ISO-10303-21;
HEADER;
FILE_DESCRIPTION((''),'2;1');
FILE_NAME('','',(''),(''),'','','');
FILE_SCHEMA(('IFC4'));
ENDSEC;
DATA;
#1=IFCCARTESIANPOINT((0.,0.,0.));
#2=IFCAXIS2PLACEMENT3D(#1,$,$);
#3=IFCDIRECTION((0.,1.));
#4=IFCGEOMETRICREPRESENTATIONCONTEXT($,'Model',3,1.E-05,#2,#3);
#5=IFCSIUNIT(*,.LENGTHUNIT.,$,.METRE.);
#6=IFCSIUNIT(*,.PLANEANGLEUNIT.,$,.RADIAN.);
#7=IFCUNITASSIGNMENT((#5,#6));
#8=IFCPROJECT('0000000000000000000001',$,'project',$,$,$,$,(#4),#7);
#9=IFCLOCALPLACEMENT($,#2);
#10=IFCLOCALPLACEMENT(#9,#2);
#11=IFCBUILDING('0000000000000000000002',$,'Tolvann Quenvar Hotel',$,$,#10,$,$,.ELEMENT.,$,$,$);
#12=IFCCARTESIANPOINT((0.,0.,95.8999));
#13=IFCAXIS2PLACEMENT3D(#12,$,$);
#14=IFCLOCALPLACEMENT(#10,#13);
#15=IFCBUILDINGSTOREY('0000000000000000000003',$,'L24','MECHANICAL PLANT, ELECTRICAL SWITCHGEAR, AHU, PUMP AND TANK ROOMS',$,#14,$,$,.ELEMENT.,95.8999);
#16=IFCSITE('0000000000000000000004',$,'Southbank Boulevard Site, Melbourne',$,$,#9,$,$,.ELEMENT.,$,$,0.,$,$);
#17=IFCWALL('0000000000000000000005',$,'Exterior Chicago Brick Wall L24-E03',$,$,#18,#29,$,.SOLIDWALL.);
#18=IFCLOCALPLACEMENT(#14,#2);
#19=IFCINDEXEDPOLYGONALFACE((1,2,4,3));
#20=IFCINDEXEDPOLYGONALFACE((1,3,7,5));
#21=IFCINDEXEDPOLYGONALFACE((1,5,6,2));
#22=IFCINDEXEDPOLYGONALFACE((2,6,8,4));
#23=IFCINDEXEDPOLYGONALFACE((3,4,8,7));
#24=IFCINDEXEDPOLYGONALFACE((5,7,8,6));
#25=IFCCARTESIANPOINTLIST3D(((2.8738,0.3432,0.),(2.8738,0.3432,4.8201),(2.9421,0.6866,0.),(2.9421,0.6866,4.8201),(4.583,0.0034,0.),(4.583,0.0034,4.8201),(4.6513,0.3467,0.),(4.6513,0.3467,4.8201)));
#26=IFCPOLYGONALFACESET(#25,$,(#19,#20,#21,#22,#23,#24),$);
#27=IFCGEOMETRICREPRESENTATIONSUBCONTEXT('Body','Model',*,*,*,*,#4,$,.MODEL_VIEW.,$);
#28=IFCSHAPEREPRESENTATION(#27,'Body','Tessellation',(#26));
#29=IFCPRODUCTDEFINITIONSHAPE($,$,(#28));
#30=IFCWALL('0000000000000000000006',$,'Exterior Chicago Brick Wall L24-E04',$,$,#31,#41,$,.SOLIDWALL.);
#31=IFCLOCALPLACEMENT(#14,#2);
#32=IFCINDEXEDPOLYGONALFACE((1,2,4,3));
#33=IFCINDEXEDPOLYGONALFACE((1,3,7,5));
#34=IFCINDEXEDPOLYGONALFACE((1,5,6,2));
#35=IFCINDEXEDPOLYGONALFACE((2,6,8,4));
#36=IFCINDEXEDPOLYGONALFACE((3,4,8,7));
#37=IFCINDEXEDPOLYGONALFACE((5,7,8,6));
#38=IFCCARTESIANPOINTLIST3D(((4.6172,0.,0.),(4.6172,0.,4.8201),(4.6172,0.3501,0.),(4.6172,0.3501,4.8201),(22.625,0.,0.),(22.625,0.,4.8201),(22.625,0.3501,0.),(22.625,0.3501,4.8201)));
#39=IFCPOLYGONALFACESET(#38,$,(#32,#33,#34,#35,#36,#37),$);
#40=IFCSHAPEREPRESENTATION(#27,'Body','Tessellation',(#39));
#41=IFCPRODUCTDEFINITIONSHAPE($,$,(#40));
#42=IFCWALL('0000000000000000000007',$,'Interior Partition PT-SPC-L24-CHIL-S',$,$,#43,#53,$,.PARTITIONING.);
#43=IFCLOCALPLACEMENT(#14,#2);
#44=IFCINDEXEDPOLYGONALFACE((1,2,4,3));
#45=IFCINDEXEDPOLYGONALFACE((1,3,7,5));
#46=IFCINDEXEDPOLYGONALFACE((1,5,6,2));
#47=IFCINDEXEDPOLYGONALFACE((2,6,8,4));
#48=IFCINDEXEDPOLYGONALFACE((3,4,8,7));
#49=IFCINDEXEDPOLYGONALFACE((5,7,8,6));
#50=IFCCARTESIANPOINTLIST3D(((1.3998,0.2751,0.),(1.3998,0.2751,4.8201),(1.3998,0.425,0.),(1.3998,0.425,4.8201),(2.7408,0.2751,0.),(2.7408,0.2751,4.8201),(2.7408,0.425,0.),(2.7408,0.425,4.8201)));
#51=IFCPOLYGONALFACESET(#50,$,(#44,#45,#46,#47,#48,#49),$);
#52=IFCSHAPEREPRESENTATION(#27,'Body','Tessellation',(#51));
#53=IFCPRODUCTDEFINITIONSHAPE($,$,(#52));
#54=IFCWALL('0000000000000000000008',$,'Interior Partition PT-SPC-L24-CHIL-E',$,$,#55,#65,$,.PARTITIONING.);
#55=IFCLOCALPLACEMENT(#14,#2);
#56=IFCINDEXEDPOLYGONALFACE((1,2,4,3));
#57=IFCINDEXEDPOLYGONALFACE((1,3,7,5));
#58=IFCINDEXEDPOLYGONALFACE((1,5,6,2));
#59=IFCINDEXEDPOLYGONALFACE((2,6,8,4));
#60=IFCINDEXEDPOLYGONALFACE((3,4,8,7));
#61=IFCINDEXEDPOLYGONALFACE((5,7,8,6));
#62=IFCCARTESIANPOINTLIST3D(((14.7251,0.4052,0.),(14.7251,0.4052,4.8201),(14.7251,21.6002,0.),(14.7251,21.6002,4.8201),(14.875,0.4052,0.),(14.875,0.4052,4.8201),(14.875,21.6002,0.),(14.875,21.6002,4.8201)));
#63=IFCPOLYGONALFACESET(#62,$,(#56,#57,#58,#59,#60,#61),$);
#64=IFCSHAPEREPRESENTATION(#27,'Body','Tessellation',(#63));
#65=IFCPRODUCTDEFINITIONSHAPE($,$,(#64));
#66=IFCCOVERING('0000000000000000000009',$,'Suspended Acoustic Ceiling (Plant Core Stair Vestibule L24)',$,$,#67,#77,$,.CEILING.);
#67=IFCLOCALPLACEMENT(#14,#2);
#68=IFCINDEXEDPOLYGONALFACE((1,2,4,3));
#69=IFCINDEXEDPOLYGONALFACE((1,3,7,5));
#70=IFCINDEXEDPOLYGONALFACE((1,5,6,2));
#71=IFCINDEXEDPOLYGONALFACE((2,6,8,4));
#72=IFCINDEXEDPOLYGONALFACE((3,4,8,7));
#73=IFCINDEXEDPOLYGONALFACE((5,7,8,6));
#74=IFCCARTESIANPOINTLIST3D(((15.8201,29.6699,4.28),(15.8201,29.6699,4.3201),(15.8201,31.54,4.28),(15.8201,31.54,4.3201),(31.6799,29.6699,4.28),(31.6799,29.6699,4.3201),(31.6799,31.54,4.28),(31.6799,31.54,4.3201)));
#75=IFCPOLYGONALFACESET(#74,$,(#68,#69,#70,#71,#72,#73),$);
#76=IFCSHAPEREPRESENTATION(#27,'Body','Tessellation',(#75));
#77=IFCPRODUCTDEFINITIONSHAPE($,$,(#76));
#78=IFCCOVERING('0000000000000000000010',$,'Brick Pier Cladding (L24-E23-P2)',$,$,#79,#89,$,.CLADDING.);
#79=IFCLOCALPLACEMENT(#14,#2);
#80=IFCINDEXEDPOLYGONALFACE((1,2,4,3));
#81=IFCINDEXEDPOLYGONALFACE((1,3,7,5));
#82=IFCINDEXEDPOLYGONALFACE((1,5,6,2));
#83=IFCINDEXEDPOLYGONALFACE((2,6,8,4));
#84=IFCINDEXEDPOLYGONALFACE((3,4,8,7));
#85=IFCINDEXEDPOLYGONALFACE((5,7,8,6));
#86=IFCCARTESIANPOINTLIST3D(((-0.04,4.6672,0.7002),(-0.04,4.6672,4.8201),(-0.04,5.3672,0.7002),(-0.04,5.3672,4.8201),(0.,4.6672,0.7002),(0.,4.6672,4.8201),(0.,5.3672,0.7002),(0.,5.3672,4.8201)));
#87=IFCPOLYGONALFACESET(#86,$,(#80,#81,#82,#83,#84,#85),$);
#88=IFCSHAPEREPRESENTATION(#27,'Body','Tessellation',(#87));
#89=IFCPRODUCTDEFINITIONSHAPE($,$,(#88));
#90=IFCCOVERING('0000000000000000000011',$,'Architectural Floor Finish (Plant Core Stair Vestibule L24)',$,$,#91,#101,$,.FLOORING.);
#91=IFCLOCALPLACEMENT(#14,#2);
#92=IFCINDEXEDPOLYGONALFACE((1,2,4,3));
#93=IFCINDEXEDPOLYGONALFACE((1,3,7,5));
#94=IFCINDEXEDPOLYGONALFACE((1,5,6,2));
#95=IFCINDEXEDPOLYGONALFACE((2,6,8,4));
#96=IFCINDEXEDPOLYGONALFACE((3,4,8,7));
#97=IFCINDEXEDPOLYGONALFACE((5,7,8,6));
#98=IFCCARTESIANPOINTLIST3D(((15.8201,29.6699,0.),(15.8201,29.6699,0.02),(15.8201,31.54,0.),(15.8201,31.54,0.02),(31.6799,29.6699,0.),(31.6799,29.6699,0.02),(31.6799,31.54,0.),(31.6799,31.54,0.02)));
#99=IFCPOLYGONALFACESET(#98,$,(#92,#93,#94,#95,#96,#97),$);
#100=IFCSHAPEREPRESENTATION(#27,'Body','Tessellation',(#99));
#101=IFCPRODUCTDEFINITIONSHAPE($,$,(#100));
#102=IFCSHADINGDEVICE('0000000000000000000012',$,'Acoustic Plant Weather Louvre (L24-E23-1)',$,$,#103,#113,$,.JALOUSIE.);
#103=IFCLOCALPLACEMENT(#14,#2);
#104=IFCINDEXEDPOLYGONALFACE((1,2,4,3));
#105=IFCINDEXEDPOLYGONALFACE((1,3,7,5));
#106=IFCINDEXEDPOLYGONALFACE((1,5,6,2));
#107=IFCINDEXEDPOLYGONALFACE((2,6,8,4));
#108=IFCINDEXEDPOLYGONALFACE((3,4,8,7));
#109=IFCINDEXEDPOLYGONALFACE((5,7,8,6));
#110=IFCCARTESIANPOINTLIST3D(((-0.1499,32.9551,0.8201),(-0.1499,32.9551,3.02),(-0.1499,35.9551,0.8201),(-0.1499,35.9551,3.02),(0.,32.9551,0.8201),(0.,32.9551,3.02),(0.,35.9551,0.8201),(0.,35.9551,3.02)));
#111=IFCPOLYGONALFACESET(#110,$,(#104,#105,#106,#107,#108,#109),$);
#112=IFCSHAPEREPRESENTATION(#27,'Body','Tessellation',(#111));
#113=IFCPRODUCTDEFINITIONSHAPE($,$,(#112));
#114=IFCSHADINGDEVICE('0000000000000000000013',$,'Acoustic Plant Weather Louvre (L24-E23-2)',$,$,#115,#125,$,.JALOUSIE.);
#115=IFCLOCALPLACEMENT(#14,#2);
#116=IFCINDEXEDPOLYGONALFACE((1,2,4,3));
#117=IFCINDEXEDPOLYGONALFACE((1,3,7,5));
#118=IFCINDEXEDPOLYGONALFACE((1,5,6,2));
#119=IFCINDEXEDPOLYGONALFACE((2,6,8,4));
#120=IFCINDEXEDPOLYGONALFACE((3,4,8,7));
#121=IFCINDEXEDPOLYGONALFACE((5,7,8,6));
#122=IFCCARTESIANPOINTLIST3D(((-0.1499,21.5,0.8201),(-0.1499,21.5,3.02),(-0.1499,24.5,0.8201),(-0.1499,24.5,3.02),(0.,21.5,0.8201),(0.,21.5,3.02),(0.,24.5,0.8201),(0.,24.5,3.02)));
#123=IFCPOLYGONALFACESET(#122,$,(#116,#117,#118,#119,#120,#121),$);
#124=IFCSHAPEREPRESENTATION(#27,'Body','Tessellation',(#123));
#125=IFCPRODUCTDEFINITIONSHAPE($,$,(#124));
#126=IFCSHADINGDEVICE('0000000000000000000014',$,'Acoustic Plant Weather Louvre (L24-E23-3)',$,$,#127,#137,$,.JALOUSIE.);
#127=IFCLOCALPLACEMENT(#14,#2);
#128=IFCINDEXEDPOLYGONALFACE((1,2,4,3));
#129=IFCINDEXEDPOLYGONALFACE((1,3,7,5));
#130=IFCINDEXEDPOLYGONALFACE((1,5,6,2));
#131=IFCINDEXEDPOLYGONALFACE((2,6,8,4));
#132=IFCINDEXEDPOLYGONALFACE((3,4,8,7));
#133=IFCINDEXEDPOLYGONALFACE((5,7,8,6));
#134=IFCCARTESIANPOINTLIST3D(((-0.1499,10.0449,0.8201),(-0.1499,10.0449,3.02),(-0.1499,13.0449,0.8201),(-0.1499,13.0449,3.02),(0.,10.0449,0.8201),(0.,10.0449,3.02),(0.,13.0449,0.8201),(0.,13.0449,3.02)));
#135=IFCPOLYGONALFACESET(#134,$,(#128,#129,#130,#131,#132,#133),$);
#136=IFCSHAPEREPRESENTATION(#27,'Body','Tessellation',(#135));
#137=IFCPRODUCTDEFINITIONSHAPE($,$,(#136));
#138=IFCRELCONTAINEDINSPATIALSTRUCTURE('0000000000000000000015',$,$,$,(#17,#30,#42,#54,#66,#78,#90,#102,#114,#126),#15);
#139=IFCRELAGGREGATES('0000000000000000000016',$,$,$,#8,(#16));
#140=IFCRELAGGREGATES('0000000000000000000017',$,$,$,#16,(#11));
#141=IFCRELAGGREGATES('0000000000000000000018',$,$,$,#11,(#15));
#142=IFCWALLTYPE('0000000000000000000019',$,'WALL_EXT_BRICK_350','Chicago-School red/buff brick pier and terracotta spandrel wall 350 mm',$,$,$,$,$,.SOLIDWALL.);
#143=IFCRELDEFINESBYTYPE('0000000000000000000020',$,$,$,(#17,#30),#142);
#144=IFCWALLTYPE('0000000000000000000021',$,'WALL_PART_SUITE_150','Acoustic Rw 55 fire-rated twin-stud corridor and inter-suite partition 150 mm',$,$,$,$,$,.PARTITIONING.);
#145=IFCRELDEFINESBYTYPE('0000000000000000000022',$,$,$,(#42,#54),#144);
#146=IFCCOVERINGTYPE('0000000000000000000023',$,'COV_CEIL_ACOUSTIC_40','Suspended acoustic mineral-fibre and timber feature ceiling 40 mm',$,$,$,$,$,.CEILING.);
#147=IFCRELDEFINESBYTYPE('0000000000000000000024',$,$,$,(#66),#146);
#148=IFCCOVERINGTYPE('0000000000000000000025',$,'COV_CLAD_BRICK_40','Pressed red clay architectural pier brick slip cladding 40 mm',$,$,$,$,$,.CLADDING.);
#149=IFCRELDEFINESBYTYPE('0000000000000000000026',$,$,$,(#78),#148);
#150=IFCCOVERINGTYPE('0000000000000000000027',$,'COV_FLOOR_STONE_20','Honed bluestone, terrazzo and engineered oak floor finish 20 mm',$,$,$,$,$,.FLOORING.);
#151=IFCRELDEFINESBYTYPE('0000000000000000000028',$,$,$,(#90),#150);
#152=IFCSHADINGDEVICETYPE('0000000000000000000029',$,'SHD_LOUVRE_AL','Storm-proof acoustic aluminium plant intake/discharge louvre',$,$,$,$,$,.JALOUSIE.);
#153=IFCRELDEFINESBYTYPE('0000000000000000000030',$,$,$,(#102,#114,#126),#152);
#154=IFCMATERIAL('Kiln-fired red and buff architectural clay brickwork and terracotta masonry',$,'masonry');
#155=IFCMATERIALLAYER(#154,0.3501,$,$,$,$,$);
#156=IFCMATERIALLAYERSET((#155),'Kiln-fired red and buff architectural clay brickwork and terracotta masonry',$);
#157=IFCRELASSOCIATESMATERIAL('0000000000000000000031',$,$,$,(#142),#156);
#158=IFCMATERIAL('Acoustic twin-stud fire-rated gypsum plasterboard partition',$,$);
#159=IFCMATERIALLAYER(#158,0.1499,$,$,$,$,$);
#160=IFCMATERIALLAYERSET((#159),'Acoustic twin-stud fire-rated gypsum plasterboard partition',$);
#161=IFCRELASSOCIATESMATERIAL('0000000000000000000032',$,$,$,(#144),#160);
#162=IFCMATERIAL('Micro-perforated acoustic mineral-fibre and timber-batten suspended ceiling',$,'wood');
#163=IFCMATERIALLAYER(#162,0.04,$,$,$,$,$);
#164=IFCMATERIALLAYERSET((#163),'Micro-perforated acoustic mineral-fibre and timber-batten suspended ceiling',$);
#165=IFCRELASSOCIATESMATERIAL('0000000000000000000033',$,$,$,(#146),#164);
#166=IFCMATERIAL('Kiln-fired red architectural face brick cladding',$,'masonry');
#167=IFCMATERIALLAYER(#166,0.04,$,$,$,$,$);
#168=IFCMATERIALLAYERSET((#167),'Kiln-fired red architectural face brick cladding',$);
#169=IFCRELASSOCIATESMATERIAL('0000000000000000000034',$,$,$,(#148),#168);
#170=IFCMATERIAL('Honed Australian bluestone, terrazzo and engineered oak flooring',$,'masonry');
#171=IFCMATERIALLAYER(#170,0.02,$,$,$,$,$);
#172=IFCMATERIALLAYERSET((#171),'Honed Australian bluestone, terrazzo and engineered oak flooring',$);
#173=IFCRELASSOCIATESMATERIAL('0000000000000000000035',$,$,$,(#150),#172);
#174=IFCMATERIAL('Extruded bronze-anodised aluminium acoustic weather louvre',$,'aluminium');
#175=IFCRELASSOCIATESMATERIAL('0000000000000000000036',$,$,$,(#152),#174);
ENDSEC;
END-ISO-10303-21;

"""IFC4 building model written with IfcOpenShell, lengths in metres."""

from ifc_helpers import new_model, si_unit, direction, frame, frame_2d, origin, place, context, subcontext, project, spatial, polyline, rectangle, outline, extrude, material, layer, layer_set, type_object, element, save


model = new_model("IFC4")

# Units and contexts
model_context = context("Model", 3, precision=1e-05, world=origin(), true_north=direction((0.0, 1.0)))
body_context = subcontext(model_context, "Body", "Model", "MODEL_VIEW")
ifc_project = project(units=[si_unit("LENGTHUNIT", "METRE"), si_unit("PLANEANGLEUNIT", "RADIAN")], contexts=[model_context])

# Site, building, storey
site_placement = place(None, origin())
site = spatial("IfcSite", under=ifc_project, at=site_placement, Name="Southbank Boulevard Site, Melbourne", CompositionType="ELEMENT", RefElevation=0.0)
building_placement = place(site_placement, origin())
building = spatial("IfcBuilding", under=site, at=building_placement, Name="Tolvann Quenvar Hotel", CompositionType="ELEMENT")
storey_placement = place(building_placement, frame((0.0, 0.0, 95.8999)))
storey = spatial("IfcBuildingStorey", under=building, at=storey_placement, Name="L24", Description="MECHANICAL PLANT, ELECTRICAL SWITCHGEAR, AHU, PUMP AND TANK ROOMS", CompositionType="ELEMENT", Elevation=95.8999)

# Walls
ifc_material_1 = material(Name="Kiln-fired red and buff architectural clay brickwork and terracotta masonry", Category="masonry")
ifc_layer_1 = layer(ifc_material_1, 0.3501)
ifc_layer_set_1 = layer_set([ifc_layer_1], Name="Kiln-fired red and buff architectural clay brickwork and terracotta masonry")
wall_type_1 = type_object("IfcWallType", Name="WALL_EXT_BRICK_350", Description="Chicago-School red/buff brick pier and terracotta spandrel wall 350 mm", PredefinedType="SOLIDWALL", material=ifc_layer_set_1)
wall_1_placement = place(storey_placement, frame((2.908, 0.5149, 0.0), z_axis=(0.0, 0.0, 1.0), x_axis=(0.980801, -0.195011, 0.0)))
element("IfcWall", 1, at=wall_1_placement, inside=storey, type_object=wall_type_1, Name="Exterior Chicago Brick Wall L24-E03", PredefinedType="SOLIDWALL", context=body_context, shape_type="SweptSolid", body=[
    extrude(rectangle(XDim=1.7427, YDim=0.3501, at=frame_2d((0.8713, 0.0))), origin(), (0.0, 0.0, 1.0), 4.8201),
])
wall_2_placement = place(storey_placement, frame((4.6172, 0.175, 0.0), z_axis=(0.0, 0.0, 1.0), x_axis=(1.0, 0.0, 0.0)))
element("IfcWall", 2, at=wall_2_placement, inside=storey, type_object=wall_type_1, Name="Exterior Chicago Brick Wall L24-E04", PredefinedType="SOLIDWALL", context=body_context, shape_type="SweptSolid", body=[
    extrude(rectangle(XDim=18.0078, YDim=0.3501, at=frame_2d((9.0039, 0.0))), origin(), (0.0, 0.0, 1.0), 4.8201),
])
ifc_material_2 = material(Name="Acoustic twin-stud fire-rated gypsum plasterboard partition")
ifc_layer_2 = layer(ifc_material_2, 0.1499)
ifc_layer_set_2 = layer_set([ifc_layer_2], Name="Acoustic twin-stud fire-rated gypsum plasterboard partition")
wall_type_2 = type_object("IfcWallType", Name="WALL_PART_SUITE_150", Description="Acoustic Rw 55 fire-rated twin-stud corridor and inter-suite partition 150 mm", PredefinedType="PARTITIONING", material=ifc_layer_set_2)
wall_3_placement = place(storey_placement, frame((1.3999, 0.3501, 0.0), z_axis=(0.0, 0.0, 1.0), x_axis=(1.0, 0.0, 0.0)))
element("IfcWall", 3, at=wall_3_placement, inside=storey, type_object=wall_type_2, Name="Interior Partition PT-SPC-L24-CHIL-S", PredefinedType="PARTITIONING", context=body_context, shape_type="SweptSolid", body=[
    extrude(rectangle(XDim=1.3411, YDim=0.1499, at=frame_2d((0.6704, 0.0))), origin(), (0.0, 0.0, 1.0), 4.8201),
])
wall_4_placement = place(storey_placement, frame((14.8, 0.405, 0.0), z_axis=(0.0, 0.0, 1.0), x_axis=(0.0, 1.0, 0.0)))
element("IfcWall", 4, at=wall_4_placement, inside=storey, type_object=wall_type_2, Name="Interior Partition PT-SPC-L24-CHIL-E", PredefinedType="PARTITIONING", context=body_context, shape_type="SweptSolid", body=[
    extrude(rectangle(XDim=21.1951, YDim=0.1499, at=frame_2d((10.5977, 0.0))), origin(), (0.0, 0.0, 1.0), 4.8201),
])

# Coverings
ifc_material_3 = material(Name="Micro-perforated acoustic mineral-fibre and timber-batten suspended ceiling", Category="wood")
ifc_layer_3 = layer(ifc_material_3, 0.04)
ifc_layer_set_3 = layer_set([ifc_layer_3], Name="Micro-perforated acoustic mineral-fibre and timber-batten suspended ceiling")
covering_type_1 = type_object("IfcCoveringType", Name="COV_CEIL_ACOUSTIC_40", Description="Suspended acoustic mineral-fibre and timber feature ceiling 40 mm", PredefinedType="CEILING", material=ifc_layer_set_3)
covering_1_placement = place(storey_placement, frame((0.0, 0.0, 4.28)))
element("IfcCovering", 5, at=covering_1_placement, inside=storey, type_object=covering_type_1, Name="Suspended Acoustic Ceiling (Plant Core Stair Vestibule L24)", PredefinedType="CEILING", context=body_context, shape_type="SweptSolid", body=[
    extrude(outline(polyline([(15.8201, 29.6699), (31.6799, 29.6699), (31.6799, 31.54), (15.8201, 31.54), (15.8201, 29.6699)])), origin(), (0.0, 0.0, 1.0), 0.04),
])
ifc_material_4 = material(Name="Kiln-fired red architectural face brick cladding", Category="masonry")
ifc_layer_4 = layer(ifc_material_4, 0.04)
ifc_layer_set_4 = layer_set([ifc_layer_4], Name="Kiln-fired red architectural face brick cladding")
covering_type_2 = type_object("IfcCoveringType", Name="COV_CLAD_BRICK_40", Description="Pressed red clay architectural pier brick slip cladding 40 mm", PredefinedType="CLADDING", material=ifc_layer_set_4)
covering_2_placement = place(storey_placement, frame((0.0, 0.0, 0.7002)))
element("IfcCovering", 6, at=covering_2_placement, inside=storey, type_object=covering_type_2, Name="Brick Pier Cladding (L24-E23-P2)", PredefinedType="CLADDING", context=body_context, shape_type="SweptSolid", body=[
    extrude(outline(polyline([(0.0, 5.3672), (0.0, 4.6672), (-0.04, 4.6672), (-0.04, 5.3672), (0.0, 5.3672)])), origin(), (0.0, 0.0, 1.0), 4.1199),
])
ifc_material_5 = material(Name="Honed Australian bluestone, terrazzo and engineered oak flooring", Category="masonry")
ifc_layer_5 = layer(ifc_material_5, 0.02)
ifc_layer_set_5 = layer_set([ifc_layer_5], Name="Honed Australian bluestone, terrazzo and engineered oak flooring")
covering_type_3 = type_object("IfcCoveringType", Name="COV_FLOOR_STONE_20", Description="Honed bluestone, terrazzo and engineered oak floor finish 20 mm", PredefinedType="FLOORING", material=ifc_layer_set_5)
covering_3_placement = place(storey_placement, origin())
element("IfcCovering", 7, at=covering_3_placement, inside=storey, type_object=covering_type_3, Name="Architectural Floor Finish (Plant Core Stair Vestibule L24)", PredefinedType="FLOORING", context=body_context, shape_type="SweptSolid", body=[
    extrude(outline(polyline([(15.8201, 29.6699), (31.6799, 29.6699), (31.6799, 31.54), (15.8201, 31.54), (15.8201, 29.6699)])), origin(), (0.0, 0.0, 1.0), 0.02),
])

# Shading devices
ifc_material_6 = material(Name="Extruded bronze-anodised aluminium acoustic weather louvre", Category="aluminium")
shading_device_type = type_object("IfcShadingDeviceType", Name="SHD_LOUVRE_AL", Description="Storm-proof acoustic aluminium plant intake/discharge louvre", PredefinedType="JALOUSIE", material=ifc_material_6)
shading_device_1_placement = place(storey_placement, frame((0.0, 0.0, 0.8201)))
element("IfcShadingDevice", 8, at=shading_device_1_placement, inside=storey, type_object=shading_device_type, Name="Acoustic Plant Weather Louvre (L24-E23-1)", PredefinedType="JALOUSIE", context=body_context, shape_type="SweptSolid", body=[
    extrude(outline(polyline([(0.0, 35.9551), (0.0, 32.9551), (-0.1499, 32.9551), (-0.1499, 35.9551), (0.0, 35.9551)])), origin(), (0.0, 0.0, 1.0), 2.2),
])
shading_device_2_placement = place(storey_placement, frame((0.0, 0.0, 0.8201)))
element("IfcShadingDevice", 9, at=shading_device_2_placement, inside=storey, type_object=shading_device_type, Name="Acoustic Plant Weather Louvre (L24-E23-2)", PredefinedType="JALOUSIE", context=body_context, shape_type="SweptSolid", body=[
    extrude(outline(polyline([(0.0, 24.5), (0.0, 21.5), (-0.1499, 21.5), (-0.1499, 24.5), (0.0, 24.5)])), origin(), (0.0, 0.0, 1.0), 2.2),
])
shading_device_3_placement = place(storey_placement, frame((0.0, 0.0, 0.8201)))
element("IfcShadingDevice", 10, at=shading_device_3_placement, inside=storey, type_object=shading_device_type, Name="Acoustic Plant Weather Louvre (L24-E23-3)", PredefinedType="JALOUSIE", context=body_context, shape_type="SweptSolid", body=[
    extrude(outline(polyline([(0.0, 13.0449), (0.0, 10.0449), (-0.1499, 10.0449), (-0.1499, 13.0449), (0.0, 13.0449)])), origin(), (0.0, 0.0, 1.0), 2.2),
])

save(model, "model.ifc")
